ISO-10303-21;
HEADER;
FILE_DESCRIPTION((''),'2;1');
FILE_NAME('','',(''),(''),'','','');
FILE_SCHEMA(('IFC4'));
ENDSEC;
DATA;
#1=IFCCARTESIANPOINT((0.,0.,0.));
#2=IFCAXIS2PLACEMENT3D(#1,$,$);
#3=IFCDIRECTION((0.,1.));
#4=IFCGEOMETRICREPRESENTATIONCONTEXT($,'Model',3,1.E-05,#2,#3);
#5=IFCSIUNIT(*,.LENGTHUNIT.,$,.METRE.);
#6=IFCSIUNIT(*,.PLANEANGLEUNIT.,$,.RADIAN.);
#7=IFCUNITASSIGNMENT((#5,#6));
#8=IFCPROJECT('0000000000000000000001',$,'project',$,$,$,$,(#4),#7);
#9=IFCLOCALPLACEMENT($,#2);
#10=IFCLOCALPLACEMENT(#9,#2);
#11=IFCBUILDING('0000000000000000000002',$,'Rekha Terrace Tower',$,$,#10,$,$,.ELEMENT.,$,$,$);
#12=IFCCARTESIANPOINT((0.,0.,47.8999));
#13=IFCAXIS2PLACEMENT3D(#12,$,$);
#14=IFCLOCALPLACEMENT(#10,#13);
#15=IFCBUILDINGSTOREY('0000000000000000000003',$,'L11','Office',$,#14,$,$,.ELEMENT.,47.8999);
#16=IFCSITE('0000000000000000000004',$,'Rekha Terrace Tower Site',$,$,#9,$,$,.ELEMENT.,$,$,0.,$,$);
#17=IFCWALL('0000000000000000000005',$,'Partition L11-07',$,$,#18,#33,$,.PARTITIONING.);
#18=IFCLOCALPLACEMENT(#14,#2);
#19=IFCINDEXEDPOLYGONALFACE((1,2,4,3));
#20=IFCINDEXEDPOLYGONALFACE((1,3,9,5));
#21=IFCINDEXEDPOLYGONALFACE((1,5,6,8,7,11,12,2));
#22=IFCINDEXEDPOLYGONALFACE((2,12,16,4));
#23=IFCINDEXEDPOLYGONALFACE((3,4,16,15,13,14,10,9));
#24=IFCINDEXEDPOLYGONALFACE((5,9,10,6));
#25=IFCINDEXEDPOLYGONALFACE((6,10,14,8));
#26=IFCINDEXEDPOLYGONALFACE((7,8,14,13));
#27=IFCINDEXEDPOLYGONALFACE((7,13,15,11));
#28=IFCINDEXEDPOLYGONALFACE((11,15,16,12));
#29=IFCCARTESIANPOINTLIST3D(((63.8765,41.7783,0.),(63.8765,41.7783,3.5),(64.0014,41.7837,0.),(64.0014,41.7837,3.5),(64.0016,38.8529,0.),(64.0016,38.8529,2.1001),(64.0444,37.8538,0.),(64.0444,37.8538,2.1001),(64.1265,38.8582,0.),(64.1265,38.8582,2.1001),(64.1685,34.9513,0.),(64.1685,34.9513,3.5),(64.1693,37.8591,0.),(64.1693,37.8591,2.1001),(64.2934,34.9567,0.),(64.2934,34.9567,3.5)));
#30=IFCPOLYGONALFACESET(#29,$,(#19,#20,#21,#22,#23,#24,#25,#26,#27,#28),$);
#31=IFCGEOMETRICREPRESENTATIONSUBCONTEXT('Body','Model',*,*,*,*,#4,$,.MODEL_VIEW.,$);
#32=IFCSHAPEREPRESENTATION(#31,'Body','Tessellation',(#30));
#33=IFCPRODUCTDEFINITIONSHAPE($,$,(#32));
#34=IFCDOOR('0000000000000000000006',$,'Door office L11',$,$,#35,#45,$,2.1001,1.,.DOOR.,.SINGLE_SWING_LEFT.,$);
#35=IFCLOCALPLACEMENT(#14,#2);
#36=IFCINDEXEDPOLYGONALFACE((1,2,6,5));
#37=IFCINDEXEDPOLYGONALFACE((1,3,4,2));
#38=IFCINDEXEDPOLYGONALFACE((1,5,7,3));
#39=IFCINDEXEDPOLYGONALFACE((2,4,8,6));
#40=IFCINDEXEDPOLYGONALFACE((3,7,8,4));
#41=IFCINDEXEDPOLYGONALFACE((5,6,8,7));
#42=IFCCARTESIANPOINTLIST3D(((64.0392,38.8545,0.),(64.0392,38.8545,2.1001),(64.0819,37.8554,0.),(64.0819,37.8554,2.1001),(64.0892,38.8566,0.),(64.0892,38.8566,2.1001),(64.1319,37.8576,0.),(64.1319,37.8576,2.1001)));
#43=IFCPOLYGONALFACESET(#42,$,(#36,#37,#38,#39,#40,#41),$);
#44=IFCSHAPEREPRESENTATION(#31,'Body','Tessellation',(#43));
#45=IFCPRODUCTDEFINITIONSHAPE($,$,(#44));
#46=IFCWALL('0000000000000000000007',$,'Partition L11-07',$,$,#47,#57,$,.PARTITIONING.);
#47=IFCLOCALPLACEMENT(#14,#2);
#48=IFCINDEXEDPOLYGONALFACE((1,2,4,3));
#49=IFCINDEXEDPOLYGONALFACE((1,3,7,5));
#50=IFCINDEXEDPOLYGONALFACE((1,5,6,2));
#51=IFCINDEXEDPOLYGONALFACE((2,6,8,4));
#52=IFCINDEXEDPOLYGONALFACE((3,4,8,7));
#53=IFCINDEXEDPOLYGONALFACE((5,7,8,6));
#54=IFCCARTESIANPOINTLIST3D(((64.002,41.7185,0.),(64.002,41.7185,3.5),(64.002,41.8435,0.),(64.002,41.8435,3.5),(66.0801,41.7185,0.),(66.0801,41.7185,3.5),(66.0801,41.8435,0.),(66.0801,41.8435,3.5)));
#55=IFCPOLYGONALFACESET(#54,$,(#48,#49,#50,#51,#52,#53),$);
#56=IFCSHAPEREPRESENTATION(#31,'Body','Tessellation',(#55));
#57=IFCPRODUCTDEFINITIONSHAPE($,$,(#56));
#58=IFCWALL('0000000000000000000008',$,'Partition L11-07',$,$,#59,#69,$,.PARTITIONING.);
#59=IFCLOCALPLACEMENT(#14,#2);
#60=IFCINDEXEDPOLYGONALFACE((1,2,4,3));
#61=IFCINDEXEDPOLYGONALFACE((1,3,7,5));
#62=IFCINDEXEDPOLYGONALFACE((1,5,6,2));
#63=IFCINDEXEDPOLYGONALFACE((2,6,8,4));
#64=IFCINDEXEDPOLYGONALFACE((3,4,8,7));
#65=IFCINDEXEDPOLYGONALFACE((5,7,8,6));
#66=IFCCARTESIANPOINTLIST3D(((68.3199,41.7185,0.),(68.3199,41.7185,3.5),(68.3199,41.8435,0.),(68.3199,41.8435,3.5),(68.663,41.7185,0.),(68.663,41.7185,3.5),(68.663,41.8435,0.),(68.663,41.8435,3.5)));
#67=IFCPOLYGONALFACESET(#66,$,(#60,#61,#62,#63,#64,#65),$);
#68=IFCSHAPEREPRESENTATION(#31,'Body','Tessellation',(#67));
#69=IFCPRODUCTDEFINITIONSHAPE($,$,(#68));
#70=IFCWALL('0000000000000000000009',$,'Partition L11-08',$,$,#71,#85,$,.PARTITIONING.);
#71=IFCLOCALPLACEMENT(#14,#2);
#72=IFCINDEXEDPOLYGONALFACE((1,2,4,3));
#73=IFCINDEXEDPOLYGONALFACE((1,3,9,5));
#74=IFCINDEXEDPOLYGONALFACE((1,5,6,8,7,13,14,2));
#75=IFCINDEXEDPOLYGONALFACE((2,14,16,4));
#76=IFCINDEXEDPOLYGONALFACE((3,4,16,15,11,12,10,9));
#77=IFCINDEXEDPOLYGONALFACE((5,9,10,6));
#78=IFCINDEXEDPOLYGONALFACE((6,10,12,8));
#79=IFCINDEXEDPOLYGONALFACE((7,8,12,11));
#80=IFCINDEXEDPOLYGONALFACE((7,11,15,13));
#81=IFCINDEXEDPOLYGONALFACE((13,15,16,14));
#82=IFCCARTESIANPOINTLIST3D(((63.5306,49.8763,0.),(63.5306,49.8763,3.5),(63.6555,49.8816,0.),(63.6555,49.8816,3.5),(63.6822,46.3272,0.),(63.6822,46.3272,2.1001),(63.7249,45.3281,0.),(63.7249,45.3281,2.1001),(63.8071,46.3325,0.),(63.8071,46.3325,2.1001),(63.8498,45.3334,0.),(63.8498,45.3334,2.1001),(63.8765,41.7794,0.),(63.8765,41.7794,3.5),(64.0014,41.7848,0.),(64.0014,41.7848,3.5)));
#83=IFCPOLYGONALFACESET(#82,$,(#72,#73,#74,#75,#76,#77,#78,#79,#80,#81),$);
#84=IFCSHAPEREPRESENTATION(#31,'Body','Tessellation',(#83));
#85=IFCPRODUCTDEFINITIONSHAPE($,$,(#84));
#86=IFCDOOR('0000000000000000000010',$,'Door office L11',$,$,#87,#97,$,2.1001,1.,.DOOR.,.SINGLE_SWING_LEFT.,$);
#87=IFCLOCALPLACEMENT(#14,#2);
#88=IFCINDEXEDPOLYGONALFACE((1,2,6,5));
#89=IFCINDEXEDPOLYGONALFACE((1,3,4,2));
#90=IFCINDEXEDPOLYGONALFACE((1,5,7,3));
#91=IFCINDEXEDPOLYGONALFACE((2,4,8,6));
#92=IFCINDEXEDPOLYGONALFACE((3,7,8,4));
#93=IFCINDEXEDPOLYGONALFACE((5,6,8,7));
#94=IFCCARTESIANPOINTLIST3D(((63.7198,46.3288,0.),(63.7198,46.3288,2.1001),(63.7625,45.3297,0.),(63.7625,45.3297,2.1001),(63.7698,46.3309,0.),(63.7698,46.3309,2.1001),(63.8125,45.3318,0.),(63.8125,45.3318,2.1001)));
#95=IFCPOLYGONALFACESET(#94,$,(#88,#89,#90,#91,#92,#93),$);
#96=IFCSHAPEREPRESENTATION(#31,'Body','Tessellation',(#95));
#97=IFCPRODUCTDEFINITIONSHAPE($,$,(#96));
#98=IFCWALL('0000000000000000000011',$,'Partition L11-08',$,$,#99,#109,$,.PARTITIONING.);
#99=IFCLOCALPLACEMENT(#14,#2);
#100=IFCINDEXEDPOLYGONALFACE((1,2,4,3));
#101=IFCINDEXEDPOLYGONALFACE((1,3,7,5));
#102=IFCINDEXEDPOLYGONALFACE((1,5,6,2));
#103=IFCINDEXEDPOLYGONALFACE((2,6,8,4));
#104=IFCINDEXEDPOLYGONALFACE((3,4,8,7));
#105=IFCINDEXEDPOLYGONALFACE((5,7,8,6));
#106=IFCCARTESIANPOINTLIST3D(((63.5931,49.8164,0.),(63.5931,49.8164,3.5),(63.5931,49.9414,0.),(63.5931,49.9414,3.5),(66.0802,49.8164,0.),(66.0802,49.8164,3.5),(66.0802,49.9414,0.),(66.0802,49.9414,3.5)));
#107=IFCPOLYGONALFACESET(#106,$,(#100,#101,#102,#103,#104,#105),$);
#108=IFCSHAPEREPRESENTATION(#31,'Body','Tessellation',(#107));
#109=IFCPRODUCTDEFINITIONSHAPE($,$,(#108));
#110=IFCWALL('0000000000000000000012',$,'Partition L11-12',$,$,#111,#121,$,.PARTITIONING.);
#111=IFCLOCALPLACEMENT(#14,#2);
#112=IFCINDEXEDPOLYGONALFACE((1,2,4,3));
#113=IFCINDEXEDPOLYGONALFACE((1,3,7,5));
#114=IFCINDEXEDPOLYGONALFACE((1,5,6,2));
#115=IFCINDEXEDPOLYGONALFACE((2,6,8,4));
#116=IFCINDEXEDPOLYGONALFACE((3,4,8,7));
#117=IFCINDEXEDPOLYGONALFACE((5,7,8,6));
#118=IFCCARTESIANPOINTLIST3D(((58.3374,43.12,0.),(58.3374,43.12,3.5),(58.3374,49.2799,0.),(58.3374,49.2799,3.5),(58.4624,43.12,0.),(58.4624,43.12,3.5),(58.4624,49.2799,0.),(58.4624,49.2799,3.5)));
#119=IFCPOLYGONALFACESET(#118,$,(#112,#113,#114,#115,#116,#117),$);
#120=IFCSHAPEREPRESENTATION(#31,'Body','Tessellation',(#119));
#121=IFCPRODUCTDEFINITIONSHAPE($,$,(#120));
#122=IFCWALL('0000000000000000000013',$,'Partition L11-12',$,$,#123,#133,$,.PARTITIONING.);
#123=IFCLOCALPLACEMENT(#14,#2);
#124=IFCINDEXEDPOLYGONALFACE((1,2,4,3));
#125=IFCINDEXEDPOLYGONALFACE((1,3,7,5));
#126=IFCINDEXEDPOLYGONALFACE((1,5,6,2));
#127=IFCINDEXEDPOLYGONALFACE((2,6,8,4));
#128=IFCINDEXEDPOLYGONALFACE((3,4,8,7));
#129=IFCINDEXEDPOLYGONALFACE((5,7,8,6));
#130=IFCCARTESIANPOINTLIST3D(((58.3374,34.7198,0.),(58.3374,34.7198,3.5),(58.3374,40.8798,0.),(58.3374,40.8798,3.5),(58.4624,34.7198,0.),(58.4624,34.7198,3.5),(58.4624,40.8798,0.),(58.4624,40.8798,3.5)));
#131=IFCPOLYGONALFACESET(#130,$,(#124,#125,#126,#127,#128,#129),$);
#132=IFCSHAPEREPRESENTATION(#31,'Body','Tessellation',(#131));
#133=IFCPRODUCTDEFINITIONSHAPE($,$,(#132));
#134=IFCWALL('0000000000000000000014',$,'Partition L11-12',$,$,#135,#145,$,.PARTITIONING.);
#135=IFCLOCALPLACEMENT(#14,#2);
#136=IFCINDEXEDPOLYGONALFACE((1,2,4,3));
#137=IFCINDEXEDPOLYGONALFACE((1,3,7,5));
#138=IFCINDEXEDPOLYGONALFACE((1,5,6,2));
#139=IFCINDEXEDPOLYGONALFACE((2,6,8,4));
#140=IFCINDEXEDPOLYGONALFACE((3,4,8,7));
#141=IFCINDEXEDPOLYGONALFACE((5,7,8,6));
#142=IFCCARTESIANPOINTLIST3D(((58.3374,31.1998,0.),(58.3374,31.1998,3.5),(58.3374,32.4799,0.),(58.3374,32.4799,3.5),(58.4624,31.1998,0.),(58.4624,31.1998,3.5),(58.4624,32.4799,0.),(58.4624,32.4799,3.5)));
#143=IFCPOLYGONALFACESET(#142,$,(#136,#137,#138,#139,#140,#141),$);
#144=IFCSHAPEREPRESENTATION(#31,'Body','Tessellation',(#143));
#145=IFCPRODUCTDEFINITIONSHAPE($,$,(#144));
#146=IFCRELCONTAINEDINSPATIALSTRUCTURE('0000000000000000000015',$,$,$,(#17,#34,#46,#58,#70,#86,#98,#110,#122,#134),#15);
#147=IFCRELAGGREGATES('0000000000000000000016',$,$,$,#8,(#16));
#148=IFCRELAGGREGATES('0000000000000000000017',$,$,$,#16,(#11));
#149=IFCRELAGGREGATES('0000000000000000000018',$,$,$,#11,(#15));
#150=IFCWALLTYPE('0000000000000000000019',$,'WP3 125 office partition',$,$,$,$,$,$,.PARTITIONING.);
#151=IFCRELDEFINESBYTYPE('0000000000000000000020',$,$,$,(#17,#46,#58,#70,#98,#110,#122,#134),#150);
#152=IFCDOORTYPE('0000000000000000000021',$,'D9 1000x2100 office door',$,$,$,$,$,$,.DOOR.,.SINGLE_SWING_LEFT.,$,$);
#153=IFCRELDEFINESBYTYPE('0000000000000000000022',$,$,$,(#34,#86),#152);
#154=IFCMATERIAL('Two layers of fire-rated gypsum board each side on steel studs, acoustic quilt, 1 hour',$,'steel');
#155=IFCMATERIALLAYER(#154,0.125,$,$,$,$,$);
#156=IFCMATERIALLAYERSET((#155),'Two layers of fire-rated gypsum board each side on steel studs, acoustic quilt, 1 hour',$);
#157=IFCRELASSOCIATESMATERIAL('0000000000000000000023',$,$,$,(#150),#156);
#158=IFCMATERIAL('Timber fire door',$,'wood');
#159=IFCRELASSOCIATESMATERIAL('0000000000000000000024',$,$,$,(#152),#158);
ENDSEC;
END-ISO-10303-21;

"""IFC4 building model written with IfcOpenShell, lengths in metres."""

from ifc_helpers import new_model, si_unit, direction, frame, frame_2d, origin, place, context, subcontext, project, spatial, rectangle, extrude, material, layer, layer_set, type_object, element, fill, save


model = new_model("IFC4")

# Units and contexts
model_context = context("Model", 3, precision=1e-05, world=origin(), true_north=direction((0.0, 1.0)))
body_context = subcontext(model_context, "Body", "Model", "MODEL_VIEW")
ifc_project = project(units=[si_unit("LENGTHUNIT", "METRE"), si_unit("PLANEANGLEUNIT", "RADIAN")], contexts=[model_context])

# Site, building, storey
site_placement = place(None, origin())
site = spatial("IfcSite", under=ifc_project, at=site_placement, Name="Rekha Terrace Tower Site", CompositionType="ELEMENT", RefElevation=0.0)
building_placement = place(site_placement, origin())
building = spatial("IfcBuilding", under=site, at=building_placement, Name="Rekha Terrace Tower", CompositionType="ELEMENT")
storey_placement = place(building_placement, frame((0.0, 0.0, 47.8999)))
storey = spatial("IfcBuildingStorey", under=building, at=storey_placement, Name="L11", Description="Office", CompositionType="ELEMENT", Elevation=47.8999)

# Wall, opening, door
ifc_material_1 = material(Name="Two layers of fire-rated gypsum board each side on steel studs, acoustic quilt, 1 hour", Category="steel")
ifc_layer_1 = layer(ifc_material_1, 0.125)
ifc_layer_set_1 = layer_set([ifc_layer_1], Name="Two layers of fire-rated gypsum board each side on steel studs, acoustic quilt, 1 hour")
wall_type_1 = type_object("IfcWallType", Name="WP3 125 office partition", PredefinedType="PARTITIONING", material=ifc_layer_set_1)
wall_1_placement = place(storey_placement, frame((64.231, 34.9541, 0.0), z_axis=(0.0, 0.0, 1.0), x_axis=(-0.042732, 0.999087, 0.0)))
wall_1 = element("IfcWall", 1, at=wall_1_placement, inside=storey, type_object=wall_type_1, Name="Partition L11-07", PredefinedType="PARTITIONING", context=body_context, shape_type="SweptSolid", body=[
    extrude(rectangle(XDim=6.8333, YDim=0.125, at=frame_2d((3.4165, 0.0))), origin(), (0.0, 0.0, 1.0), 3.5),
])
opening_1_placement = place(wall_1_placement, frame((2.905, 0.0, 0.0)))
opening_1 = element("IfcOpeningElement", 2, at=opening_1_placement, cuts=wall_1, PredefinedType="OPENING", context=body_context, shape_type="SweptSolid", body=[
    extrude(rectangle(XDim=1.0, YDim=2.1001, at=frame_2d((0.5, 1.05))), frame((0.0, 0.0725, 0.0), z_axis=(0.0, -1.0, 0.0), x_axis=(1.0, 0.0, 0.0)), (0.0, 0.0, 1.0), 0.145),
])
ifc_material_2 = material(Name="Timber fire door", Category="wood")
door_type = type_object("IfcDoorType", Name="D9 1000x2100 office door", OperationType="SINGLE_SWING_LEFT", PredefinedType="DOOR", material=ifc_material_2)
door_1_placement = place(opening_1_placement, origin())
door_1 = element("IfcDoor", 3, at=door_1_placement, inside=storey, type_object=door_type, Name="Door office L11", OperationType="SINGLE_SWING_LEFT", OverallHeight=2.1001, OverallWidth=1.0, PredefinedType="DOOR", context=body_context, shape_type="SweptSolid", body=[
    extrude(rectangle(XDim=1.0, YDim=2.1001, at=frame_2d((0.5, 1.05))), frame((0.0, 0.0249, 0.0), z_axis=(0.0, -1.0, 0.0), x_axis=(1.0, 0.0, 0.0)), (0.0, 0.0, 1.0), 0.05),
])
fill(opening_1, door_1)

# Walls
wall_2_placement = place(storey_placement, frame((64.002, 41.781, 0.0), z_axis=(0.0, 0.0, 1.0), x_axis=(1.0, 0.0, 0.0)))
element("IfcWall", 4, at=wall_2_placement, inside=storey, type_object=wall_type_1, Name="Partition L11-07", PredefinedType="PARTITIONING", context=body_context, shape_type="SweptSolid", body=[
    extrude(rectangle(XDim=2.0781, YDim=0.125, at=frame_2d((1.0391, 0.0))), origin(), (0.0, 0.0, 1.0), 3.5),
])
wall_3_placement = place(storey_placement, frame((68.3201, 41.781, 0.0), z_axis=(0.0, 0.0, 1.0), x_axis=(1.0, 0.0, 0.0)))
element("IfcWall", 5, at=wall_3_placement, inside=storey, type_object=wall_type_1, Name="Partition L11-07", PredefinedType="PARTITIONING", context=body_context, shape_type="SweptSolid", body=[
    extrude(rectangle(XDim=0.343, YDim=0.125, at=frame_2d((0.1714, 0.0))), origin(), (0.0, 0.0, 1.0), 3.5),
])

# Wall, opening, door
wall_4_placement = place(storey_placement, frame((63.939, 41.782, 0.0), z_axis=(0.0, 0.0, 1.0), x_axis=(-0.042687, 0.999089, 0.0)))
wall_4 = element("IfcWall", 6, at=wall_4_placement, inside=storey, type_object=wall_type_1, Name="Partition L11-08", PredefinedType="PARTITIONING", context=body_context, shape_type="SweptSolid", body=[
    extrude(rectangle(XDim=8.1042, YDim=0.125, at=frame_2d((4.0522, 0.0))), origin(), (0.0, 0.0, 1.0), 3.5),
])
opening_2_placement = place(wall_4_placement, frame((3.552, 0.0, 0.0)))
opening_2 = element("IfcOpeningElement", 7, at=opening_2_placement, cuts=wall_4, PredefinedType="OPENING", context=body_context, shape_type="SweptSolid", body=[
    extrude(rectangle(XDim=1.0, YDim=2.1001, at=frame_2d((0.5, 1.05))), frame((0.0, 0.0725, 0.0), z_axis=(0.0, -1.0, 0.0), x_axis=(1.0, 0.0, 0.0)), (0.0, 0.0, 1.0), 0.145),
])
door_2_placement = place(opening_2_placement, origin())
door_2 = element("IfcDoor", 8, at=door_2_placement, inside=storey, type_object=door_type, Name="Door office L11", OperationType="SINGLE_SWING_LEFT", OverallHeight=2.1001, OverallWidth=1.0, PredefinedType="DOOR", context=body_context, shape_type="SweptSolid", body=[
    extrude(rectangle(XDim=1.0, YDim=2.1001, at=frame_2d((0.5, 1.05))), frame((0.0, 0.0249, 0.0), z_axis=(0.0, -1.0, 0.0), x_axis=(1.0, 0.0, 0.0)), (0.0, 0.0, 1.0), 0.05),
])
fill(opening_2, door_2)

# Walls
wall_5_placement = place(storey_placement, frame((63.593, 49.8789, 0.0), z_axis=(0.0, 0.0, 1.0), x_axis=(1.0, 0.0, 0.0)))
element("IfcWall", 9, at=wall_5_placement, inside=storey, type_object=wall_type_1, Name="Partition L11-08", PredefinedType="PARTITIONING", context=body_context, shape_type="SweptSolid", body=[
    extrude(rectangle(XDim=2.4871, YDim=0.125, at=frame_2d((1.2437, 0.0))), origin(), (0.0, 0.0, 1.0), 3.5),
])
for number, where, z_axis, x_axis, name in (
    (10, (58.3999, 49.28, 0.0), (0.0, 0.0, 1.0), (0.0, -1.0, 0.0), "Partition L11-12"),
    (11, (58.3999, 40.8799, 0.0), (0.0, 0.0, 1.0), (0.0, -1.0, 0.0), "Partition L11-12"),
):
    element("IfcWall", number, at=place(storey_placement, frame(where, z_axis=z_axis, x_axis=x_axis)), inside=storey, type_object=wall_type_1, Name=name, PredefinedType="PARTITIONING", context=body_context, shape_type="SweptSolid", body=[
        extrude(rectangle(XDim=6.1599, YDim=0.125, at=frame_2d((3.0801, 0.0))), origin(), (0.0, 0.0, 1.0), 3.5),
    ])
wall_6_placement = place(storey_placement, frame((58.3999, 32.48, 0.0), z_axis=(0.0, 0.0, 1.0), x_axis=(0.0, -1.0, 0.0)))
element("IfcWall", 12, at=wall_6_placement, inside=storey, type_object=wall_type_1, Name="Partition L11-12", PredefinedType="PARTITIONING", context=body_context, shape_type="SweptSolid", body=[
    extrude(rectangle(XDim=1.28, YDim=0.125, at=frame_2d((0.6401, 0.0))), origin(), (0.0, 0.0, 1.0), 3.5),
])

save(model, "model.ifc")
